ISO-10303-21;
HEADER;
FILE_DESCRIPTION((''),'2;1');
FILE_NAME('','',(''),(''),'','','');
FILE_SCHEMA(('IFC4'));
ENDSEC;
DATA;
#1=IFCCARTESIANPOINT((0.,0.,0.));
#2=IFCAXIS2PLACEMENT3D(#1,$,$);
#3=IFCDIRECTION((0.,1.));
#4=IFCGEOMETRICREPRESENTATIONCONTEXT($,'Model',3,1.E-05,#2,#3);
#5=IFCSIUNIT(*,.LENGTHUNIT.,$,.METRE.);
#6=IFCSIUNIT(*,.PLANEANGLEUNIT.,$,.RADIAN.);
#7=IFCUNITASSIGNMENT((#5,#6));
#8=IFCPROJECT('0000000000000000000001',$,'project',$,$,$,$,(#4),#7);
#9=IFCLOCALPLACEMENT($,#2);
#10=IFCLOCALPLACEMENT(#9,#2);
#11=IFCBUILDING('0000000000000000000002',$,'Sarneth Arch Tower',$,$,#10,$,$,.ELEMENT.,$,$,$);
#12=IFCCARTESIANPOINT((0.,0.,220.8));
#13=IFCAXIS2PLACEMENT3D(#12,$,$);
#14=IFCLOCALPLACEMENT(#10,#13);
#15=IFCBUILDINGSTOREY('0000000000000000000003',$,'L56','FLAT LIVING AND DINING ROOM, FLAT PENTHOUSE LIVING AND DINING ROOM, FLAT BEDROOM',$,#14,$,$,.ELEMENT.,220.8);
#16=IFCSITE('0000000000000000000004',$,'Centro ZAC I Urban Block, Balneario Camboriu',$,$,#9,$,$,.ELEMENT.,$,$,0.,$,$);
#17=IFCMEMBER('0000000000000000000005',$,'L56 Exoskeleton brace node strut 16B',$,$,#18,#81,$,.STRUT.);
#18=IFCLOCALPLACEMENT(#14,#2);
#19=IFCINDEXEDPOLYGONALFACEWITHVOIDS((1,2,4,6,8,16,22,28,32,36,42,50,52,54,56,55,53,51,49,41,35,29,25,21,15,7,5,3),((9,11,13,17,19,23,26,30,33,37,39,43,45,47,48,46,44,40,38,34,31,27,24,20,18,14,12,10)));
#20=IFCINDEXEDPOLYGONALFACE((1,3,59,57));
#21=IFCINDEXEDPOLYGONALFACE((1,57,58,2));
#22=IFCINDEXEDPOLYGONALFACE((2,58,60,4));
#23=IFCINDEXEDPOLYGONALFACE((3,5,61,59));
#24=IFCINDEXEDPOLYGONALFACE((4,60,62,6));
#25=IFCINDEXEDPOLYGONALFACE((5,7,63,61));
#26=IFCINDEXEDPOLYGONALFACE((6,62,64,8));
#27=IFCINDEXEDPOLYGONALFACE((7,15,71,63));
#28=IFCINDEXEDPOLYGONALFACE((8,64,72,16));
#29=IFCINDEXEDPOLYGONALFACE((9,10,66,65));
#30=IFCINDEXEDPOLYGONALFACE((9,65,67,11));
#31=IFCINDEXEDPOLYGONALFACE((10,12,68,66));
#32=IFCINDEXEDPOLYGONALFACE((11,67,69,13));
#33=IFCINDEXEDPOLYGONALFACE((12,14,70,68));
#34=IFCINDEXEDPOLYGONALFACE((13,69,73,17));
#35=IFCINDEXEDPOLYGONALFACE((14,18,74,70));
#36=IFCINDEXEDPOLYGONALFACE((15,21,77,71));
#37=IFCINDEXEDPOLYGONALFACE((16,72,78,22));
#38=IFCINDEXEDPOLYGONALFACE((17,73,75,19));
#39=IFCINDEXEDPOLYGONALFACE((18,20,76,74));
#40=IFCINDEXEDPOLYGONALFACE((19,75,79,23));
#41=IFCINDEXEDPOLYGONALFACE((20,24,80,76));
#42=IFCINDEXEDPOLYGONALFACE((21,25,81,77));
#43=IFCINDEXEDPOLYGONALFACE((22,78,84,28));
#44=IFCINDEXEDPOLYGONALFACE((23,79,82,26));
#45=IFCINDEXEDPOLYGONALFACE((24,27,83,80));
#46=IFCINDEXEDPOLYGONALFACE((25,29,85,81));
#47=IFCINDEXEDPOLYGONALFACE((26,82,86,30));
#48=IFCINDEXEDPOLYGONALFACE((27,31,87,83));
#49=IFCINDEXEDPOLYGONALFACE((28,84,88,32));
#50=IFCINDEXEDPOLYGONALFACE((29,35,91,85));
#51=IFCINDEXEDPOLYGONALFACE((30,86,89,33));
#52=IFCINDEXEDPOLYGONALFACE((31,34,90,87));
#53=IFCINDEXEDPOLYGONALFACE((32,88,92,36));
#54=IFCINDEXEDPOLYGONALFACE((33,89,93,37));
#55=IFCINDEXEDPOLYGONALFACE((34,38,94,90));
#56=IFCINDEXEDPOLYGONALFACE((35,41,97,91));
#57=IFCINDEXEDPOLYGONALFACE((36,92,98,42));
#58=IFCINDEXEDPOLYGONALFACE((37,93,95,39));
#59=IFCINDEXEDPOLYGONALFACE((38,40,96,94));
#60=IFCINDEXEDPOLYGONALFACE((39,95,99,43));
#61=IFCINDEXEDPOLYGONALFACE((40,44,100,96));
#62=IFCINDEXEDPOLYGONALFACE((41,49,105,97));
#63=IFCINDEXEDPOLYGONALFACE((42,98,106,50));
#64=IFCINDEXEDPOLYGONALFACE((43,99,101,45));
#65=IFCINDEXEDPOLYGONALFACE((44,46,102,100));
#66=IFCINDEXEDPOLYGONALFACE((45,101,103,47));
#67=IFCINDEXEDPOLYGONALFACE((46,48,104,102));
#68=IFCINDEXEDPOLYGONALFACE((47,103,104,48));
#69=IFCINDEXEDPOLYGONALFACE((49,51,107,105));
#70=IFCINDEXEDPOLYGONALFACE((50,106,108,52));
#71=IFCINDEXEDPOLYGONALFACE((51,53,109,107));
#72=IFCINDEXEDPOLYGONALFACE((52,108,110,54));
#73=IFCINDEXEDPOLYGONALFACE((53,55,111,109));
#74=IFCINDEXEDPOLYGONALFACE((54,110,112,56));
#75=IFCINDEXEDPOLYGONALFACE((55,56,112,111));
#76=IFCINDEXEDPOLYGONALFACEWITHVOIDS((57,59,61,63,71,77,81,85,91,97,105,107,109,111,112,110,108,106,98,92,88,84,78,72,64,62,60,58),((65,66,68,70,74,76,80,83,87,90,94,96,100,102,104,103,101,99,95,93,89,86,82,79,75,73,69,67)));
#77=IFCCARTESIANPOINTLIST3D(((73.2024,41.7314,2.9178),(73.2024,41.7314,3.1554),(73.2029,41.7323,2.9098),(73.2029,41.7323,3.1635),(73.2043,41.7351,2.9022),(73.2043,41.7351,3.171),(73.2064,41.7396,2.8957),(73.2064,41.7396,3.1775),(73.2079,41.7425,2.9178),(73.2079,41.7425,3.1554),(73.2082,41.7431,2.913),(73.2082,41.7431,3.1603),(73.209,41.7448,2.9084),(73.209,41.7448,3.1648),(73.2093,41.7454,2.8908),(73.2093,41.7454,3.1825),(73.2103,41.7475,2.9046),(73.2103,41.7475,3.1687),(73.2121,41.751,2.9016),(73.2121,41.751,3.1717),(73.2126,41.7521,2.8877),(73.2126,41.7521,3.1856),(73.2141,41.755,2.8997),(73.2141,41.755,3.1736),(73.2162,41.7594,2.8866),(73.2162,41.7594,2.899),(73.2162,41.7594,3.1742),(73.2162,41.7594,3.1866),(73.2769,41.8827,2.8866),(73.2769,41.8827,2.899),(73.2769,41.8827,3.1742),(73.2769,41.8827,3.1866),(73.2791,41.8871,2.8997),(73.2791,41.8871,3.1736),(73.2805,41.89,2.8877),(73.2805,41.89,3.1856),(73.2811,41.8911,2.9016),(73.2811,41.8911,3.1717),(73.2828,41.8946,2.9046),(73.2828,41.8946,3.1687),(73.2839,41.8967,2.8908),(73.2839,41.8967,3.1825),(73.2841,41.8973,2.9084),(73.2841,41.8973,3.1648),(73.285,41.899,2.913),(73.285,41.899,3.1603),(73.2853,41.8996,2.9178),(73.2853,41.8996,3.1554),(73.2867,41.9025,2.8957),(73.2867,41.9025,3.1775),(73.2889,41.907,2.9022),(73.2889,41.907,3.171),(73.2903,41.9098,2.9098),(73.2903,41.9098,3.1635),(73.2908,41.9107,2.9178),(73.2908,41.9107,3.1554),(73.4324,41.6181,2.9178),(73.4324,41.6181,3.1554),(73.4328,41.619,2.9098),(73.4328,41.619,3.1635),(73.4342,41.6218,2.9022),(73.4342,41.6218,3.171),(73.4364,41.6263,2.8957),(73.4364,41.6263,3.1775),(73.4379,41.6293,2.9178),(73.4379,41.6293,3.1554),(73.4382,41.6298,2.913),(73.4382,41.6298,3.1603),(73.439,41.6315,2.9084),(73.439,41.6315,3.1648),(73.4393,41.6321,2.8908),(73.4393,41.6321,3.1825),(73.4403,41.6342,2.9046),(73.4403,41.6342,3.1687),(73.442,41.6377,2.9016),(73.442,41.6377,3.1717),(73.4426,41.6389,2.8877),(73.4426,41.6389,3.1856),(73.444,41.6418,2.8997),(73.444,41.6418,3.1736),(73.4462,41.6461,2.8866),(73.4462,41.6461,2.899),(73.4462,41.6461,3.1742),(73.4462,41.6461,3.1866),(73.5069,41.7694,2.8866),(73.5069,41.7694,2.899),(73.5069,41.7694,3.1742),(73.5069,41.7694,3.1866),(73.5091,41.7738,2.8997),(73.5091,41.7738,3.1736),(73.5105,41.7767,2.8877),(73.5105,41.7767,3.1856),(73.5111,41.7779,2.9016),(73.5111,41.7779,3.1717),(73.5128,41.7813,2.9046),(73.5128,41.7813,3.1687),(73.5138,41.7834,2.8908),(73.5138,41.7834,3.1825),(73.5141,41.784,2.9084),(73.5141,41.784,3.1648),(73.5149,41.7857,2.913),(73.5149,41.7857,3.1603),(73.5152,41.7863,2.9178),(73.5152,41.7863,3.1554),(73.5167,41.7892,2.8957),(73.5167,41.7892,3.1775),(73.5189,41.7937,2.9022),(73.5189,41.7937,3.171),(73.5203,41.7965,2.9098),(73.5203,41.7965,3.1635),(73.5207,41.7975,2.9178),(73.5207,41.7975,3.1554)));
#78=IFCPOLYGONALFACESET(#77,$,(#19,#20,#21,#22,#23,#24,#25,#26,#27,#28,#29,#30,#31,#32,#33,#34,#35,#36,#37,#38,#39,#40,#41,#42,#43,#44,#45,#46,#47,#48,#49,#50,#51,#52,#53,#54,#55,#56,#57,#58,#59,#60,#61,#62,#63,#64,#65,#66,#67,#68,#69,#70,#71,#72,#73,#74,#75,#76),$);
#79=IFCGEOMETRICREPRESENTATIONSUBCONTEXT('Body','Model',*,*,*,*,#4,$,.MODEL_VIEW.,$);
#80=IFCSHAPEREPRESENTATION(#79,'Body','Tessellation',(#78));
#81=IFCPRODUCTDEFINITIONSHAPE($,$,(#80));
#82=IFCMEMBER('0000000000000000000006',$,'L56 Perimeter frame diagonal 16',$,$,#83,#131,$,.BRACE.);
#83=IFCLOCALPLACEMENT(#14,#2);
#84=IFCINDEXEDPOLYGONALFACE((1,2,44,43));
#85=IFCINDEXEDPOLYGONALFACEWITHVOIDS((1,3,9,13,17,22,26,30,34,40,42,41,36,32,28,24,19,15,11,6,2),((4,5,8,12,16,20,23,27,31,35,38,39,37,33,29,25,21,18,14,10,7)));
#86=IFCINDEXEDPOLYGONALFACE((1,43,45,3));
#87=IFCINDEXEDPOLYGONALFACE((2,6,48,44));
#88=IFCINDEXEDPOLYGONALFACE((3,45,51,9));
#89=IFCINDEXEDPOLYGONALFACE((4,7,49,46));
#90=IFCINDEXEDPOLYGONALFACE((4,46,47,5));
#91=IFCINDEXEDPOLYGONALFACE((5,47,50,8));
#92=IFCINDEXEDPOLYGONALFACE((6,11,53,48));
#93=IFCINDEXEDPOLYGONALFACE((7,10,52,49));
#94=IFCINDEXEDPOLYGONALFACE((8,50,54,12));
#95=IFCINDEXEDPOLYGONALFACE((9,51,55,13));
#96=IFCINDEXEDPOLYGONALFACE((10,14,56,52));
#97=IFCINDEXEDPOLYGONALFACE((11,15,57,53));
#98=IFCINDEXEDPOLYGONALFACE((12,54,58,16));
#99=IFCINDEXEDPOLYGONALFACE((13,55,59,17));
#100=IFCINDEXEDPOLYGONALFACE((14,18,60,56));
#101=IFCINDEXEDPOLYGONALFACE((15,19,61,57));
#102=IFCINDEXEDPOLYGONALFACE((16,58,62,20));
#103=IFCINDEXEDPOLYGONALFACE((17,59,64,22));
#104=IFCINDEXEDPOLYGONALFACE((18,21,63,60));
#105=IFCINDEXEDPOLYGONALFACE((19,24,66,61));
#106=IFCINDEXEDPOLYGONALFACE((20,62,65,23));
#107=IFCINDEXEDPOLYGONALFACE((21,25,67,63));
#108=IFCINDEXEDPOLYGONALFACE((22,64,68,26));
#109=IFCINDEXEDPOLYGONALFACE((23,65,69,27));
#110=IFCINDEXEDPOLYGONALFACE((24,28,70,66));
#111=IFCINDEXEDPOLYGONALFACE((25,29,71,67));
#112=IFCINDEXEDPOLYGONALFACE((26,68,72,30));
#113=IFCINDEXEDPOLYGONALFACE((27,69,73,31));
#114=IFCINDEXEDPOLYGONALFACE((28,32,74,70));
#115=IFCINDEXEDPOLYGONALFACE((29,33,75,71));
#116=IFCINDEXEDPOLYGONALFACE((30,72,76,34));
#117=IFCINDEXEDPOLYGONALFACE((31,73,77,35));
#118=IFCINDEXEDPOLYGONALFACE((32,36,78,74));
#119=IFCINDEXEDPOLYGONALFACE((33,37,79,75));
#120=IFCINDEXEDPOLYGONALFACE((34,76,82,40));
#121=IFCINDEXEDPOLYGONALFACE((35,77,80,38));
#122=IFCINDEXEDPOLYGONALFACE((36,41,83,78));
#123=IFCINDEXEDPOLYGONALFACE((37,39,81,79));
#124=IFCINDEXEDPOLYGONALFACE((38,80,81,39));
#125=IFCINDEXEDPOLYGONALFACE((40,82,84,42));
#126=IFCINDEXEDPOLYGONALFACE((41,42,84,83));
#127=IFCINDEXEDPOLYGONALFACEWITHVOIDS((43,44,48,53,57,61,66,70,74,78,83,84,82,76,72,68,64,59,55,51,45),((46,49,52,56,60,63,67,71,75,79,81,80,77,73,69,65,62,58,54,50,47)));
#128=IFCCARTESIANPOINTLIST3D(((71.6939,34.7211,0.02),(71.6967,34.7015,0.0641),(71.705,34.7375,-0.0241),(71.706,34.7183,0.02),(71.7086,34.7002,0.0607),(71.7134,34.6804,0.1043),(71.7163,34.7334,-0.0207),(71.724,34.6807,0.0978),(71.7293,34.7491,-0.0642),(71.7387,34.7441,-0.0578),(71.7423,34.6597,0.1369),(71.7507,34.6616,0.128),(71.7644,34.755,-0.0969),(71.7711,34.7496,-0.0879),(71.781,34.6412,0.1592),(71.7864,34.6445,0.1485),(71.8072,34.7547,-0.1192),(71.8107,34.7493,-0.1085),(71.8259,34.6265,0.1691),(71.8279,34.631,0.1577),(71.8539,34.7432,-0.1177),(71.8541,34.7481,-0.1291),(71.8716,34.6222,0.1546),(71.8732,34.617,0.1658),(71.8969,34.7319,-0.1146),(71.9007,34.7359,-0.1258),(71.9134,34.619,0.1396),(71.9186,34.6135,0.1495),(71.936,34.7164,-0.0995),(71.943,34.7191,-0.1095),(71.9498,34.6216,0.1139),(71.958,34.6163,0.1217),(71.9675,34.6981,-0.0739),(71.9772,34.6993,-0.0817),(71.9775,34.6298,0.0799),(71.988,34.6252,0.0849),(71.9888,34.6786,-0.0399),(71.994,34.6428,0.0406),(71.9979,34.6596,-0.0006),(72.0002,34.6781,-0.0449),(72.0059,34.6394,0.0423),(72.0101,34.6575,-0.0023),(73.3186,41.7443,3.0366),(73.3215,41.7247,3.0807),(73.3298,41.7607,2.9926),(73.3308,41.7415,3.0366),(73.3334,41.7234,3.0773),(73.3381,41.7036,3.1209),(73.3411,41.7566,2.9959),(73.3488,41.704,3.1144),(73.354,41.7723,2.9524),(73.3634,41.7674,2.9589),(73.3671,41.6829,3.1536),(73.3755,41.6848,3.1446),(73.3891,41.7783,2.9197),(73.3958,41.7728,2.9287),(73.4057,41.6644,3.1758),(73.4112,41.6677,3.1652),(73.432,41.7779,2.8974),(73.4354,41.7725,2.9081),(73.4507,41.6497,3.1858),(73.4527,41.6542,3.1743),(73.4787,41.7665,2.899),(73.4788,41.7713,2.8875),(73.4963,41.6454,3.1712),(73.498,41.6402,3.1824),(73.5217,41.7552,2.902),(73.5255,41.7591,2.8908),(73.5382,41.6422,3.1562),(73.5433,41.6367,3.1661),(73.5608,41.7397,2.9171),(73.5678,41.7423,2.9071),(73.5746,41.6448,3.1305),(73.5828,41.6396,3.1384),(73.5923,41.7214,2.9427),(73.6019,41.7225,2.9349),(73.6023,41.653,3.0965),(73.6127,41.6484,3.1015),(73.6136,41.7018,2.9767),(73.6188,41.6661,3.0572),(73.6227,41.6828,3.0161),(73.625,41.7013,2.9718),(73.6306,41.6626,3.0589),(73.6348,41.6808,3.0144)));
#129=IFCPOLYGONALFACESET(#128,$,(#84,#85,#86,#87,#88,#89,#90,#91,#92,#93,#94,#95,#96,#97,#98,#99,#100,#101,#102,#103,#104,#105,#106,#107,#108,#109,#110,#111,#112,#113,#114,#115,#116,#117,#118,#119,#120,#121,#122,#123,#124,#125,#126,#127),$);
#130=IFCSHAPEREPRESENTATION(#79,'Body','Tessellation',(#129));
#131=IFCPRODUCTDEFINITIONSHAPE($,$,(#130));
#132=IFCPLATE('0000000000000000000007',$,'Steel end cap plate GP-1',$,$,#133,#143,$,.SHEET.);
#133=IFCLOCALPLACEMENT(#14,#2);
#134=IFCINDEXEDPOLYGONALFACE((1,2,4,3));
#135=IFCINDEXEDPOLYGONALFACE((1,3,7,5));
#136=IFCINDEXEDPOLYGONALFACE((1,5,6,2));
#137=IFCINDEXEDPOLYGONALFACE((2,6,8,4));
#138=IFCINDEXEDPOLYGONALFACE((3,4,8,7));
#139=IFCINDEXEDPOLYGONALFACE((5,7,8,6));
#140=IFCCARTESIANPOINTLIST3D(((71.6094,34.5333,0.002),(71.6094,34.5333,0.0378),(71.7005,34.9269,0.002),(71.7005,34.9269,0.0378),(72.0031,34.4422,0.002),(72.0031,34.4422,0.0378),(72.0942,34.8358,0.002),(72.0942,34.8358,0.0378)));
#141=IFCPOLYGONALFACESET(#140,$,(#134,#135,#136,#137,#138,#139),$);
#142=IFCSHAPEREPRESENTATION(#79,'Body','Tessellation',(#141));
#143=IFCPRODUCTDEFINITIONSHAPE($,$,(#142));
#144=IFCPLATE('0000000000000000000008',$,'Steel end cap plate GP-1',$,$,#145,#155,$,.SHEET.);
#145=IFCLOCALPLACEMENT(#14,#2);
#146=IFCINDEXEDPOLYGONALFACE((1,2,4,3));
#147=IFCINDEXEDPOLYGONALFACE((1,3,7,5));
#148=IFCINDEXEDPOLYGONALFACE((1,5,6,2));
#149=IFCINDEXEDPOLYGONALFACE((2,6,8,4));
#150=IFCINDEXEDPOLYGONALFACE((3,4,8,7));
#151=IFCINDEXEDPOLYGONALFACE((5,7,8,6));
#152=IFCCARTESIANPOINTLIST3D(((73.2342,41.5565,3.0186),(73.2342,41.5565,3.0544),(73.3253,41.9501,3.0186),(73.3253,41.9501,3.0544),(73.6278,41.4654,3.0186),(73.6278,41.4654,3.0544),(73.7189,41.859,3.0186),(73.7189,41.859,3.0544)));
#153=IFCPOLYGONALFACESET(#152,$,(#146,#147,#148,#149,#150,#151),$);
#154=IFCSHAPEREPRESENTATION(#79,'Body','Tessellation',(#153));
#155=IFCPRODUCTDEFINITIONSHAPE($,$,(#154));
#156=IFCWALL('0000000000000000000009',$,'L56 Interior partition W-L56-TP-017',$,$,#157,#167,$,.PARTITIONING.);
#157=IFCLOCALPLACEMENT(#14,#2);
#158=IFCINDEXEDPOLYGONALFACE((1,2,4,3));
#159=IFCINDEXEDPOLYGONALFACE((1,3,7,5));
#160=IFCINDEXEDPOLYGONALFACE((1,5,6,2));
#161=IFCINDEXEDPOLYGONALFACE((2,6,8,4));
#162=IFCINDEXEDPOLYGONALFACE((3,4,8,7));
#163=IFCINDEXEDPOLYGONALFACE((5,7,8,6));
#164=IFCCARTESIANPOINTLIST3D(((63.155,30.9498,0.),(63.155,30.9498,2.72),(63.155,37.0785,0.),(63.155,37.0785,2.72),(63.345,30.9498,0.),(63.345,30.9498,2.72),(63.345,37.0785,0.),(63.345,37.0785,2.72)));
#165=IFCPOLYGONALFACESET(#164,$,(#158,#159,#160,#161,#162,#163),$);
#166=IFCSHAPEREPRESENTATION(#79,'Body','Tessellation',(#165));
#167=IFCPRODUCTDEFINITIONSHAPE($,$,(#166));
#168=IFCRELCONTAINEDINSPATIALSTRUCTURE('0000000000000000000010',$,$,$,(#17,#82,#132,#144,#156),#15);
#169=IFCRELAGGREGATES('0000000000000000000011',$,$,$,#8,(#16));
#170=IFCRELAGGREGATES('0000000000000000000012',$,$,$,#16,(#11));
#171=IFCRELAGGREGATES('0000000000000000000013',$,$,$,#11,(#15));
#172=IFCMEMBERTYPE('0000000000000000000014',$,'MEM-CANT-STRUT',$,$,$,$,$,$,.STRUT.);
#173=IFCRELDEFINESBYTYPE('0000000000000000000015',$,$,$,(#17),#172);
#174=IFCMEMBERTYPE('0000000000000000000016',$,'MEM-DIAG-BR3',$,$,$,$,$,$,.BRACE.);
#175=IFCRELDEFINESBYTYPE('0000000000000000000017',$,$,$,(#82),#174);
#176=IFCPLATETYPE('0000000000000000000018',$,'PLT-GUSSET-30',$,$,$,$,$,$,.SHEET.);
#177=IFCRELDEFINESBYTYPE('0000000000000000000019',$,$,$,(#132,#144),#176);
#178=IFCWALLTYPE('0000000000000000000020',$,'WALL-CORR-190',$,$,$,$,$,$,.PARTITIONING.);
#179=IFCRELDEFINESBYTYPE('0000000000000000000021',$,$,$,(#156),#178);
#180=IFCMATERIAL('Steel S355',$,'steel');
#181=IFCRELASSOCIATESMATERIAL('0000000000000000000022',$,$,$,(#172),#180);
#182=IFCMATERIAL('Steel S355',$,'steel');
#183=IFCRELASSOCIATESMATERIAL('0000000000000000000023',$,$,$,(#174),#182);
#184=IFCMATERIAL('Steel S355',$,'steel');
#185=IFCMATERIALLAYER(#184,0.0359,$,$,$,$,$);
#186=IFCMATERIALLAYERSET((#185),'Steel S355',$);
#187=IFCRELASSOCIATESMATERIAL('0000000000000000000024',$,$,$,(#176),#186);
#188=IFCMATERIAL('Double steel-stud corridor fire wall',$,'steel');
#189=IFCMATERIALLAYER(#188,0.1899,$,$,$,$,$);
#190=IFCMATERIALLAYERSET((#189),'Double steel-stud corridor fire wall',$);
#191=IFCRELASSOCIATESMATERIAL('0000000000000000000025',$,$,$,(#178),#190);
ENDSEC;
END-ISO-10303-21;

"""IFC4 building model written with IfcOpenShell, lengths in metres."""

from ifc_helpers import new_model, si_unit, direction, frame, frame_2d, origin, origin_2d, place, context, subcontext, project, spatial, rectangle, hollow_rectangle, hollow_circle, extrude, material, layer, layer_set, material_profile, profile_set, type_object, element, save


model = new_model("IFC4")

# Units and contexts
model_context = context("Model", 3, precision=1e-05, world=origin(), true_north=direction((0.0, 1.0)))
body_context = subcontext(model_context, "Body", "Model", "MODEL_VIEW")
ifc_project = project(units=[si_unit("LENGTHUNIT", "METRE"), si_unit("PLANEANGLEUNIT", "RADIAN")], contexts=[model_context])

# Site, building, storey
site_placement = place(None, origin())
site = spatial("IfcSite", under=ifc_project, at=site_placement, Name="Centro ZAC I Urban Block, Balneario Camboriu", CompositionType="ELEMENT", RefElevation=0.0)
building_placement = place(site_placement, origin())
building = spatial("IfcBuilding", under=site, at=building_placement, Name="Sarneth Arch Tower", CompositionType="ELEMENT")
storey_placement = place(building_placement, frame((0.0, 0.0, 220.8)))
storey = spatial("IfcBuildingStorey", under=building, at=storey_placement, Name="L56", Description="FLAT LIVING AND DINING ROOM, FLAT PENTHOUSE LIVING AND DINING ROOM, FLAT BEDROOM", CompositionType="ELEMENT", Elevation=220.8)

# Members
ifc_material_1 = material(Name="Steel S355", Category="steel")
ifc_material_profile_1 = material_profile(ifc_material_1, hollow_rectangle(XDim=0.2, YDim=0.3, WallThickness=0.0125, InnerFilletRadius=0.0188, OuterFilletRadius=0.0312, at=origin_2d()), Name="RHS300x200x12.5")
ifc_profile_set_1 = profile_set([ifc_material_profile_1], Name="Steel S355")
member_type_1 = type_object("IfcMemberType", Name="MEM-CANT-STRUT", PredefinedType="STRUT", material=ifc_profile_set_1)
member_1_placement = place(storey_placement, frame((73.2466, 41.821, 3.0366), z_axis=(0.897078, -0.441873, 0.0), x_axis=(0.441873, 0.897078, 0.0)))
element("IfcMember", 1, at=member_1_placement, inside=storey, type_object=member_type_1, Name="L56 Exoskeleton brace node strut 16B", PredefinedType="STRUT", context=body_context, shape_type="SweptSolid", body=[
    extrude(hollow_rectangle(XDim=0.2, YDim=0.3, WallThickness=0.0125, InnerFilletRadius=0.0188, OuterFilletRadius=0.0312, at=origin_2d()), origin(), (0.0, 0.0, 1.0), 0.2563),
])
ifc_material_2 = material(Name="Steel S355", Category="steel")
ifc_material_profile_2 = material_profile(ifc_material_2, hollow_circle(Radius=0.1621, WallThickness=0.0125, at=origin_2d()), Name="CHS324x12.5")
ifc_profile_set_2 = profile_set([ifc_material_profile_2], Name="Steel S355")
member_type_2 = type_object("IfcMemberType", Name="MEM-DIAG-BR3", PredefinedType="BRACE", material=ifc_profile_set_2)
member_2_placement = place(storey_placement, frame((71.8518, 34.6846, 0.02), z_axis=(0.207918, 0.898749, 0.386031), x_axis=(-0.974269, 0.225389, 0.0)))
element("IfcMember", 2, at=member_2_placement, inside=storey, type_object=member_type_2, Name="L56 Perimeter frame diagonal 16", PredefinedType="BRACE", context=body_context, shape_type="SweptSolid", body=[
    extrude(hollow_circle(Radius=0.1621, WallThickness=0.0125, at=origin_2d()), origin(), (0.0, 0.0, 1.0), 7.8145),
])

# Plates
ifc_material_3 = material(Name="Steel S355", Category="steel")
ifc_layer_1 = layer(ifc_material_3, 0.0359)
ifc_layer_set_1 = layer_set([ifc_layer_1], Name="Steel S355")
plate_type = type_object("IfcPlateType", Name="PLT-GUSSET-30", PredefinedType="SHEET", material=ifc_layer_set_1)
for number, where, z_axis, x_axis, name in (
    (3, (71.8518, 34.6846, 0.002), (0.0, 0.0, 1.0), (0.225461, 0.974252, 0.0), "Steel end cap plate GP-1"),
    (4, (73.4766, 41.7078, 3.0186), (0.0, 0.0, 1.0), (0.225461, 0.974252, 0.0), "Steel end cap plate GP-1"),
):
    element("IfcPlate", number, at=place(storey_placement, frame(where, z_axis=z_axis, x_axis=x_axis)), inside=storey, type_object=plate_type, Name=name, PredefinedType="SHEET", context=body_context, shape_type="SweptSolid", body=[
        extrude(rectangle(XDim=0.4041, YDim=0.4041, at=origin_2d()), origin(), (0.0, 0.0, 1.0), 0.0359),
    ])

# Wall
ifc_material_4 = material(Name="Double steel-stud corridor fire wall", Category="steel")
ifc_layer_2 = layer(ifc_material_4, 0.1899)
ifc_layer_set_2 = layer_set([ifc_layer_2], Name="Double steel-stud corridor fire wall")
wall_type_1 = type_object("IfcWallType", Name="WALL-CORR-190", PredefinedType="PARTITIONING", material=ifc_layer_set_2)
wall_1_placement = place(storey_placement, frame((63.25, 37.0786, 0.0), z_axis=(0.0, 0.0, 1.0), x_axis=(0.0, -1.0, 0.0)))
element("IfcWall", 5, at=wall_1_placement, inside=storey, type_object=wall_type_1, Name="L56 Interior partition W-L56-TP-017", PredefinedType="PARTITIONING", context=body_context, shape_type="SweptSolid", body=[
    extrude(rectangle(XDim=6.1287, YDim=0.1899, at=frame_2d((3.0645, 0.0))), origin(), (0.0, 0.0, 1.0), 2.72),
])

save(model, "model.ifc")
